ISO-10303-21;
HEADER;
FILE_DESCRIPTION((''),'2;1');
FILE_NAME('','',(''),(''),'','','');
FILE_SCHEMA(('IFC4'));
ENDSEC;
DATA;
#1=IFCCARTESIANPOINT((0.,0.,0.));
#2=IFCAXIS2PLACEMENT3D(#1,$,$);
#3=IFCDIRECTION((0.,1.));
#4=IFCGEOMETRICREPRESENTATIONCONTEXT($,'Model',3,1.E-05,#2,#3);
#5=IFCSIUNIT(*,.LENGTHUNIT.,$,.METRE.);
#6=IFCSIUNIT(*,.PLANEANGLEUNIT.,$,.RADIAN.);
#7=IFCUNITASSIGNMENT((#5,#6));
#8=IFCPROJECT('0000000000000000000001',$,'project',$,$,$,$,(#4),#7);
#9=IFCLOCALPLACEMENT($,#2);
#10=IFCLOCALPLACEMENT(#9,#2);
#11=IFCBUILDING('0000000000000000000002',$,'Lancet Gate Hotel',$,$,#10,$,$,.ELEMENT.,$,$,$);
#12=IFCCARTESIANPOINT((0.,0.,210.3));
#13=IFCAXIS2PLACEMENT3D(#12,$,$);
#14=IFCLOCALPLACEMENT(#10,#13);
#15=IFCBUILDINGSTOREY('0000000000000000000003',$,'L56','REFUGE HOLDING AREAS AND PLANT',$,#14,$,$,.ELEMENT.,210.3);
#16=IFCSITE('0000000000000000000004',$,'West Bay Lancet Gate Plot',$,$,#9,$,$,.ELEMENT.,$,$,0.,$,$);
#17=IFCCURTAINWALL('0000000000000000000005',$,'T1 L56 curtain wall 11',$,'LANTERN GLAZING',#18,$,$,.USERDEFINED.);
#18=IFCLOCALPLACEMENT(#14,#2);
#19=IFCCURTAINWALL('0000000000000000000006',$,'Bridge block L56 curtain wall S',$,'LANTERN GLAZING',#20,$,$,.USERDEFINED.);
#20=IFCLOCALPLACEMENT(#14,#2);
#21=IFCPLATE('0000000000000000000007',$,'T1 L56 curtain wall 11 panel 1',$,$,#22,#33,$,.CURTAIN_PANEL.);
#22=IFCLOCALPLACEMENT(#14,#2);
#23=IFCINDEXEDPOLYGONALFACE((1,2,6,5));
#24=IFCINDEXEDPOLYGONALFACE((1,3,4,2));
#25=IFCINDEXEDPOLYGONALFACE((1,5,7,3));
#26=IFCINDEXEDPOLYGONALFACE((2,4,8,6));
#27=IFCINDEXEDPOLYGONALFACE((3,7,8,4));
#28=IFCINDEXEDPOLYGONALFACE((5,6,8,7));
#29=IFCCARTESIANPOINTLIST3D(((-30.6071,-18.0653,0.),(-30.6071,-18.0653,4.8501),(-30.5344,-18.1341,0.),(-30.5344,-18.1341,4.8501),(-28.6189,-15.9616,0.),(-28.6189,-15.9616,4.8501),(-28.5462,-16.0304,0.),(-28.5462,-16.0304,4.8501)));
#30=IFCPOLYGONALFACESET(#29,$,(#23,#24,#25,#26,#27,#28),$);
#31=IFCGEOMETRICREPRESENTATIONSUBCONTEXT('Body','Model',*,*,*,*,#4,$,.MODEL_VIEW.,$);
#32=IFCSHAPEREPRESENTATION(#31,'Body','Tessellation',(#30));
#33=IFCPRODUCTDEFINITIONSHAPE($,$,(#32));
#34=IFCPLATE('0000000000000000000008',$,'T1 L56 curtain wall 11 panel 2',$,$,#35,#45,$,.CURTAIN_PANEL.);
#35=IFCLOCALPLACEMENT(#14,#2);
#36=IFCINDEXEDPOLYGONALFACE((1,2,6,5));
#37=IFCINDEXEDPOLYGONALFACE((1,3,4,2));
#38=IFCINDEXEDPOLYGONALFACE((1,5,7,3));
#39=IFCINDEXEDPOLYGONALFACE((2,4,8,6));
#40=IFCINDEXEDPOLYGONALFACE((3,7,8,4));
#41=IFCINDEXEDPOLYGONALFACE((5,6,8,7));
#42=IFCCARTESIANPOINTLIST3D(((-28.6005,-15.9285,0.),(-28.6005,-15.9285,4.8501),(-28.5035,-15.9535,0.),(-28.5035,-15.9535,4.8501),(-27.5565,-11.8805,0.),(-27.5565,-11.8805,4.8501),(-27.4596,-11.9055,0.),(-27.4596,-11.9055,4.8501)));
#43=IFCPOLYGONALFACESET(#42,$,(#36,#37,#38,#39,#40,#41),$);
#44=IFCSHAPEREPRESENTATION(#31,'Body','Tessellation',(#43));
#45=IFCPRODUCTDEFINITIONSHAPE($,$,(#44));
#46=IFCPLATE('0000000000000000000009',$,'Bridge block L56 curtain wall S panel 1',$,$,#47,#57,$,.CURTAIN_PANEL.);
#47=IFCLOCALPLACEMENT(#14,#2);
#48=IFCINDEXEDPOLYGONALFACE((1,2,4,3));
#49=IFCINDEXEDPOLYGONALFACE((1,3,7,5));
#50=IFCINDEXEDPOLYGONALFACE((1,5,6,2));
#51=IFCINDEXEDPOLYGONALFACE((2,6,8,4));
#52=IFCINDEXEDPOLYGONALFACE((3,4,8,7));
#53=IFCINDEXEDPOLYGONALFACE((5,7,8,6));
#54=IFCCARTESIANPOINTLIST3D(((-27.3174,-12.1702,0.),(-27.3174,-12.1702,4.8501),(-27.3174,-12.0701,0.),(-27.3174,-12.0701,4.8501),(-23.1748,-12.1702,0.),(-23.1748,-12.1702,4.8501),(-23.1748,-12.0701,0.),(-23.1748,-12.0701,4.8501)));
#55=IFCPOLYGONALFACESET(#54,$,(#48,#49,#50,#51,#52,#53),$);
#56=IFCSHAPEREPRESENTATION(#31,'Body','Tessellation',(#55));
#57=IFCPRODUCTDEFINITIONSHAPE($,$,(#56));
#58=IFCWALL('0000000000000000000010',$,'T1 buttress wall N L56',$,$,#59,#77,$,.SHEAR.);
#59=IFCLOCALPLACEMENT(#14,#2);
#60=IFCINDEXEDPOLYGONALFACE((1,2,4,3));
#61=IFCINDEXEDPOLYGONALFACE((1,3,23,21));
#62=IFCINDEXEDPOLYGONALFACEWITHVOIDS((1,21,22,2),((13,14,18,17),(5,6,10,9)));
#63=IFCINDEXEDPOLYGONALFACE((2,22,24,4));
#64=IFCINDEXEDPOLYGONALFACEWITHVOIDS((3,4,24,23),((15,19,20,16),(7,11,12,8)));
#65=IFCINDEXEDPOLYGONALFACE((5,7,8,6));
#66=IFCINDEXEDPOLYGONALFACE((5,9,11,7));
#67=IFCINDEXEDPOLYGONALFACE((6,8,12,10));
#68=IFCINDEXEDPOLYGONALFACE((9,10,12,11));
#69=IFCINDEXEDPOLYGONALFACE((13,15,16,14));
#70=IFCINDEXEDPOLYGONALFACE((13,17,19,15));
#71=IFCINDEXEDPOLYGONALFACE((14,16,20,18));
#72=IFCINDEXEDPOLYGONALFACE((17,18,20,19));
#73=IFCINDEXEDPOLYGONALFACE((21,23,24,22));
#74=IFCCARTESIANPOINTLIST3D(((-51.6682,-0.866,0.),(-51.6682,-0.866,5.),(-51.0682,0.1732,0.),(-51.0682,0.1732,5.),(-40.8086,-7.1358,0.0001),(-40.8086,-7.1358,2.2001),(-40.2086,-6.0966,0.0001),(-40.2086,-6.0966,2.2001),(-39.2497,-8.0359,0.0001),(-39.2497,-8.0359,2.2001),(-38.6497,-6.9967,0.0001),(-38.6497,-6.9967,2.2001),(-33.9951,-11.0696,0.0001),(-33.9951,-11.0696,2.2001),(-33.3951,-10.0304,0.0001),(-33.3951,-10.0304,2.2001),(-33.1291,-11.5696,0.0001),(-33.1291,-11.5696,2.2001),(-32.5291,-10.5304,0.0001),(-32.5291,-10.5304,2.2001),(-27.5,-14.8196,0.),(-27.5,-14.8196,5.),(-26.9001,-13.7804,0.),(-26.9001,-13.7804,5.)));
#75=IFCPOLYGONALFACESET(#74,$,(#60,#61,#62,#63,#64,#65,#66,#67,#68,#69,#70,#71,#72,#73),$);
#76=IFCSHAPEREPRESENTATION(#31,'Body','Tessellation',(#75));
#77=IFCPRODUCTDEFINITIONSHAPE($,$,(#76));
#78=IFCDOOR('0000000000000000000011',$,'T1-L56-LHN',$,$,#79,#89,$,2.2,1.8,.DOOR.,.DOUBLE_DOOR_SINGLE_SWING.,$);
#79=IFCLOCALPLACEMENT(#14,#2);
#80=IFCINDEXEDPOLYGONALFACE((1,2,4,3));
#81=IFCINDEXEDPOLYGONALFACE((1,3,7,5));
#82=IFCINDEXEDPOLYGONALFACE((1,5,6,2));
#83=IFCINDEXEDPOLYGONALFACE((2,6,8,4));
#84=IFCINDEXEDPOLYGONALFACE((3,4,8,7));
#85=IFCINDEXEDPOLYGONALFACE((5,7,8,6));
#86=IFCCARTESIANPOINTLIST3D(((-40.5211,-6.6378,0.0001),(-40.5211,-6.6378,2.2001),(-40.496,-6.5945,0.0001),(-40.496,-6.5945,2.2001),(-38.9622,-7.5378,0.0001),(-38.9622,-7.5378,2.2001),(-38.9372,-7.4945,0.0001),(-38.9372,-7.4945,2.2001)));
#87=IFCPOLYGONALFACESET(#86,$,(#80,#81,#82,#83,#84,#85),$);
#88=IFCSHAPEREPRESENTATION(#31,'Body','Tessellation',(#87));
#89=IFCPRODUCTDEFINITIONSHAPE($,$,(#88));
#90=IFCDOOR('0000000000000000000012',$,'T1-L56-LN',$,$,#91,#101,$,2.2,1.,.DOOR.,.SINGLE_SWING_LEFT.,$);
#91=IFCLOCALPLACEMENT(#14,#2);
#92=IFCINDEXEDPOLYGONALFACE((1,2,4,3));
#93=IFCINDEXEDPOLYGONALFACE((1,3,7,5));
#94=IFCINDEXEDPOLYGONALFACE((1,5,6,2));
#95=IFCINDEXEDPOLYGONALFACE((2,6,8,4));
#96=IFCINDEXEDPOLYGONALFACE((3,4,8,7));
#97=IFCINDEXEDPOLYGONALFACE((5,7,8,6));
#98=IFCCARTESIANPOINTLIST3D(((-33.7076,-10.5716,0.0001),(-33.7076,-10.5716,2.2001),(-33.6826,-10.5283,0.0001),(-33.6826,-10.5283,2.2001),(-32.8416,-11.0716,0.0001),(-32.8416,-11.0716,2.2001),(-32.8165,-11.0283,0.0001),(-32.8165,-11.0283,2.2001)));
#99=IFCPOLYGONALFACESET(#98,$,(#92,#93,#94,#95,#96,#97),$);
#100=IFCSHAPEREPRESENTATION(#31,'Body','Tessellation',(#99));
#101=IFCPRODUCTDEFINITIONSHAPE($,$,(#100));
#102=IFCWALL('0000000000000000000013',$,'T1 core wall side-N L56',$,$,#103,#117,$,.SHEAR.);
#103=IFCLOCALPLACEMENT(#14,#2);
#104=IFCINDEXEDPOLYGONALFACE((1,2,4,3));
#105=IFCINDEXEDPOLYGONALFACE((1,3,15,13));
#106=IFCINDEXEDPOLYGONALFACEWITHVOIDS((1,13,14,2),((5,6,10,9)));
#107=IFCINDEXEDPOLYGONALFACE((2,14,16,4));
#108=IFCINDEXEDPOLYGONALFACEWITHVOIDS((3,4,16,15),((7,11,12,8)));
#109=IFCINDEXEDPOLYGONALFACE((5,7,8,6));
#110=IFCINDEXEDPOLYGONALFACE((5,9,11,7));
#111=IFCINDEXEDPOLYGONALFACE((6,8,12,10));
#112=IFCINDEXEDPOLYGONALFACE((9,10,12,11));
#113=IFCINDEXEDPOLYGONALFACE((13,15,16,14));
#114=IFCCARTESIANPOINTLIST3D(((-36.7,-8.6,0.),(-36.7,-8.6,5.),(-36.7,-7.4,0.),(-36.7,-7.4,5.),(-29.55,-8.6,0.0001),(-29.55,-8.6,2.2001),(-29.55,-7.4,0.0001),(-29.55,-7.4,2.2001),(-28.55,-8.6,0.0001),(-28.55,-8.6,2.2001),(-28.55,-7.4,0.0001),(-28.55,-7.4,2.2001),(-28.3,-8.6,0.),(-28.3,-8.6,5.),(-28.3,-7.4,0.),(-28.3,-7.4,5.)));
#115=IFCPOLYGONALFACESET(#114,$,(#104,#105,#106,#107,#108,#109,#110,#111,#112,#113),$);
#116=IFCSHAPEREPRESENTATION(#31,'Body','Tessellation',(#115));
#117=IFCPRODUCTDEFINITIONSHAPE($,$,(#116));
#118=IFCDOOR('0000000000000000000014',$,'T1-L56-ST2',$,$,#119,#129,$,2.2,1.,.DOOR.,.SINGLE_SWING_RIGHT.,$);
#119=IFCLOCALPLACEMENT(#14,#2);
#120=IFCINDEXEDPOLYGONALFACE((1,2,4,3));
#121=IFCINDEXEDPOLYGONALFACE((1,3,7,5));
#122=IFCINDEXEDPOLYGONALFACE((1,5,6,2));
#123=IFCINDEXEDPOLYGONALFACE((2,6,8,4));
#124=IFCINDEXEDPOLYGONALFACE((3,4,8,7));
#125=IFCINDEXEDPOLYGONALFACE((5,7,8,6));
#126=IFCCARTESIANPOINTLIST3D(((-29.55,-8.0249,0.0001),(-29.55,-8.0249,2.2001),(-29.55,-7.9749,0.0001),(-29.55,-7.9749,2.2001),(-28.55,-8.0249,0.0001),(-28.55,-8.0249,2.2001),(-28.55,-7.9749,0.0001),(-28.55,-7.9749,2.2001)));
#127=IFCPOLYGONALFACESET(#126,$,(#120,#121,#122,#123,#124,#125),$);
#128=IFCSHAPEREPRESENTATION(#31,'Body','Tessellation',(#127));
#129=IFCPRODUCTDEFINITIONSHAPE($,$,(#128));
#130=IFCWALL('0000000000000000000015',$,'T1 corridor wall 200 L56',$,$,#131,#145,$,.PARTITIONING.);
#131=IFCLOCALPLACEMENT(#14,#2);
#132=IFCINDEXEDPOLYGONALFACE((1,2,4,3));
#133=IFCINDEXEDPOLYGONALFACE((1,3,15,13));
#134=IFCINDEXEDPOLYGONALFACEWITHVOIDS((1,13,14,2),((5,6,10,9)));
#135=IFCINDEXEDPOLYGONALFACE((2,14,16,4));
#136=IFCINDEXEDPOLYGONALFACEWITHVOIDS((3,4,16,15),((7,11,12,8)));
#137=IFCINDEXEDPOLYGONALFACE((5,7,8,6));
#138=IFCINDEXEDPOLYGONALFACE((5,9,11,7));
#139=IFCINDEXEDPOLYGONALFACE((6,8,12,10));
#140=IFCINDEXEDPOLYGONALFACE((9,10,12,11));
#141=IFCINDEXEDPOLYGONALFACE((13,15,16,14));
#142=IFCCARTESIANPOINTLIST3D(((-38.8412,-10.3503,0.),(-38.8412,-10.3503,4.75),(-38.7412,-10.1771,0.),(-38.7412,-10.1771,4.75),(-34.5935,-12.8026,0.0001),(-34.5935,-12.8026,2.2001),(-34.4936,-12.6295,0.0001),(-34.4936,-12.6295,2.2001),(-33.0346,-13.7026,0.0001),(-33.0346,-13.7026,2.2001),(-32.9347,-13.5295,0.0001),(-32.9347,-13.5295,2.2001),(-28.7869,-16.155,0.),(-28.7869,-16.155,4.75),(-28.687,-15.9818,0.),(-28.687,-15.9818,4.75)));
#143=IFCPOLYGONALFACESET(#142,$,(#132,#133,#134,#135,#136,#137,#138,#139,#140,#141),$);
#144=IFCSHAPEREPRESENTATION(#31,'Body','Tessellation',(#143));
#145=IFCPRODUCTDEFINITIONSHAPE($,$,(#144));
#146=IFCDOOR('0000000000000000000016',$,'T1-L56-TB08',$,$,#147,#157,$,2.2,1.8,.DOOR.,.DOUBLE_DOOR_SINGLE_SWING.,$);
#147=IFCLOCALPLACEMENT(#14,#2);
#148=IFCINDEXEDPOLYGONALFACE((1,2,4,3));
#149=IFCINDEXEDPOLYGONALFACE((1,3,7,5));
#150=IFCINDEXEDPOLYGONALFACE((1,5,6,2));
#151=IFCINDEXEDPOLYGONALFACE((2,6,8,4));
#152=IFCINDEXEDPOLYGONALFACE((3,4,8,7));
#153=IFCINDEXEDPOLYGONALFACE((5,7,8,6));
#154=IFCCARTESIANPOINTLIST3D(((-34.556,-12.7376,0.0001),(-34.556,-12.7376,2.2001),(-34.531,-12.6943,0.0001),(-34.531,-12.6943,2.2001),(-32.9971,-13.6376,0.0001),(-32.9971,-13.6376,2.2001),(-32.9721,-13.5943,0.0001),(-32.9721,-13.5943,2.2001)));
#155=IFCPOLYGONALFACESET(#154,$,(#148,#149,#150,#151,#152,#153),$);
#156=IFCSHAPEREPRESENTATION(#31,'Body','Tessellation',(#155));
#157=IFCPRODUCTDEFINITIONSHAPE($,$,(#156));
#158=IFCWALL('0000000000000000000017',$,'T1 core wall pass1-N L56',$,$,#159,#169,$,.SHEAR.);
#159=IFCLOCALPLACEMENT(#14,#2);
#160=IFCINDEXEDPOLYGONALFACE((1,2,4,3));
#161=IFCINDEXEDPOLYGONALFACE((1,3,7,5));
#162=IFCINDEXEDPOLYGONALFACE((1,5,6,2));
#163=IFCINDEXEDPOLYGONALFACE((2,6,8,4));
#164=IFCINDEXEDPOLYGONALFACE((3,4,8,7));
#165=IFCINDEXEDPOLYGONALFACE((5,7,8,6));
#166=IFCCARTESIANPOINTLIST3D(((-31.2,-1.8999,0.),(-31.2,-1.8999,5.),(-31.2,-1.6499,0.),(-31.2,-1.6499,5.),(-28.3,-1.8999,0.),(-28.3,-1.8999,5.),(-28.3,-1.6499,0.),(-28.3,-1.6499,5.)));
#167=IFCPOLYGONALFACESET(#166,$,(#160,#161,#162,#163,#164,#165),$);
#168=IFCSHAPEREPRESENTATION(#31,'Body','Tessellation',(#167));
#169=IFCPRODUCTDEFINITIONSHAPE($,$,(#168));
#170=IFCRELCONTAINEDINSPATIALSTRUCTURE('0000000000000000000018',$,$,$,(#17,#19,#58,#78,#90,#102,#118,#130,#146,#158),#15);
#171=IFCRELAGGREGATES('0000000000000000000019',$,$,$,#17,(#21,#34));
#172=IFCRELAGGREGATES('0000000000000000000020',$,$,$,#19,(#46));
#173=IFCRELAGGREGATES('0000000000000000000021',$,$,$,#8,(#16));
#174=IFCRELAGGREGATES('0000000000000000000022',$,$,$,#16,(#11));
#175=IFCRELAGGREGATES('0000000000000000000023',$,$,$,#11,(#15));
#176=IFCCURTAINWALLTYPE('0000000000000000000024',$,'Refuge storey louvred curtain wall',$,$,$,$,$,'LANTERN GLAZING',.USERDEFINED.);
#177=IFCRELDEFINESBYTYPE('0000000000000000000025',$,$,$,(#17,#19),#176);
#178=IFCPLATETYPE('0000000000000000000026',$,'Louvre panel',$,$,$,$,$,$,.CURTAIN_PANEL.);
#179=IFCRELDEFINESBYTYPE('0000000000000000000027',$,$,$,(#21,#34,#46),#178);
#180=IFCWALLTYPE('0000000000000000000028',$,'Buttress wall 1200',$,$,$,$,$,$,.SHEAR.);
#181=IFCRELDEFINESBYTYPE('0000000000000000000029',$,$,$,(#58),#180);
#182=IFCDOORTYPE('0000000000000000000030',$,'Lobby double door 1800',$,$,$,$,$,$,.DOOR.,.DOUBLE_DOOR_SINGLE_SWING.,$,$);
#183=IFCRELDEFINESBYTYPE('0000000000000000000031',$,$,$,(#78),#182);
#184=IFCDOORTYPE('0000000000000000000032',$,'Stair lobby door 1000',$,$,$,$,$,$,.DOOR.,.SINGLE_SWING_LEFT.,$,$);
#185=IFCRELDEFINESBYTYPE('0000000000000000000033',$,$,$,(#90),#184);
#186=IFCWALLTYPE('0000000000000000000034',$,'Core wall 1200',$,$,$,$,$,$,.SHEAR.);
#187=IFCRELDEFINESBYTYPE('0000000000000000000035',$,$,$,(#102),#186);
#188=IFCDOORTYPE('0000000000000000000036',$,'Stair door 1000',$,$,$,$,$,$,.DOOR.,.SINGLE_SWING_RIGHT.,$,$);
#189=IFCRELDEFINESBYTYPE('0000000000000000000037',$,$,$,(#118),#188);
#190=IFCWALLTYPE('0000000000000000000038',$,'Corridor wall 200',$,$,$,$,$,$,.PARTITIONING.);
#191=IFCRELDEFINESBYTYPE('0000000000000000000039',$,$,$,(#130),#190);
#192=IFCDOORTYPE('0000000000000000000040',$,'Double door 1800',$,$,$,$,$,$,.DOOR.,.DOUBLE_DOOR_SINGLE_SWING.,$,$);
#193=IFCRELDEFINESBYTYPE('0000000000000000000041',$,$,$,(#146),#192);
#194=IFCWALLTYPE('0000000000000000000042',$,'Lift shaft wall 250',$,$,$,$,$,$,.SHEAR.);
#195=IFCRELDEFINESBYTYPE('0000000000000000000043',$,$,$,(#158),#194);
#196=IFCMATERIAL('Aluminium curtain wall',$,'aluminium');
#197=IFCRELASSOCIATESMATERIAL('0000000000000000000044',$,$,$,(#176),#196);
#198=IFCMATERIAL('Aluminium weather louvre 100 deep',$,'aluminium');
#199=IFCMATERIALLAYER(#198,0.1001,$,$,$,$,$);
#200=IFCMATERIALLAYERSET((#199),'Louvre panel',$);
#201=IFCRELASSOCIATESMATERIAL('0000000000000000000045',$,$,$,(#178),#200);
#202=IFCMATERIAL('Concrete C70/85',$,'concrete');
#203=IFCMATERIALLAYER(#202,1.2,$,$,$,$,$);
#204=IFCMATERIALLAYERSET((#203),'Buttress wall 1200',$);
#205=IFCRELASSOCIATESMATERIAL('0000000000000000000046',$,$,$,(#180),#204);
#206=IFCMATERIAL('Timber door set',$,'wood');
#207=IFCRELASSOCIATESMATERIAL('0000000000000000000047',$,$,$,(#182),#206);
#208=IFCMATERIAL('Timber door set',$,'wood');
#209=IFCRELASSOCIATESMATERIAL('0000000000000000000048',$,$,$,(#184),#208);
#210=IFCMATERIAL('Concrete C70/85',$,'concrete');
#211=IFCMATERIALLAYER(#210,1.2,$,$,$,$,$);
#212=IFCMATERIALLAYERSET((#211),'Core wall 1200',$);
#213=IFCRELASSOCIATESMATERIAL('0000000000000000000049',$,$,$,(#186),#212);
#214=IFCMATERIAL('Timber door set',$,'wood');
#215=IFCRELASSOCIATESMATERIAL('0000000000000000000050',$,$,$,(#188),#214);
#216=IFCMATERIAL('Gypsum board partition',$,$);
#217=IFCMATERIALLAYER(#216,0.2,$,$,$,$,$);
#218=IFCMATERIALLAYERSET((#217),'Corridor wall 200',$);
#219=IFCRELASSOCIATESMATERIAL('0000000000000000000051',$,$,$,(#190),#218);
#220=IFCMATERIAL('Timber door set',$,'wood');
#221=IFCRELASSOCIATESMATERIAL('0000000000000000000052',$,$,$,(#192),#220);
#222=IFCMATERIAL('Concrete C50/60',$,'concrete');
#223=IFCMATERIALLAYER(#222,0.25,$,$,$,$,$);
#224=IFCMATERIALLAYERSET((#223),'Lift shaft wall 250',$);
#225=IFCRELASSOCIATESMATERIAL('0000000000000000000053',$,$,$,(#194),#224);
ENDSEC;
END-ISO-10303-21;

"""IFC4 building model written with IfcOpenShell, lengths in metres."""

from ifc_helpers import new_model, si_unit, direction, frame, frame_2d, origin, origin_2d, place, context, subcontext, project, spatial, rectangle, extrude, material, layer, layer_set, type_object, element, fill, aggregate, save


model = new_model("IFC4")

# Units and contexts
model_context = context("Model", 3, precision=1e-05, world=origin(), true_north=direction((0.0, 1.0)))
body_context = subcontext(model_context, "Body", "Model", "MODEL_VIEW")
ifc_project = project(units=[si_unit("LENGTHUNIT", "METRE"), si_unit("PLANEANGLEUNIT", "RADIAN")], contexts=[model_context])

# Site, building, storey
site_placement = place(None, origin())
site = spatial("IfcSite", under=ifc_project, at=site_placement, Name="West Bay Lancet Gate Plot", CompositionType="ELEMENT", RefElevation=0.0)
building_placement = place(site_placement, origin())
building = spatial("IfcBuilding", under=site, at=building_placement, Name="Lancet Gate Hotel", CompositionType="ELEMENT")
storey_placement = place(building_placement, frame((0.0, 0.0, 210.3)))
storey = spatial("IfcBuildingStorey", under=building, at=storey_placement, Name="L56", Description="REFUGE HOLDING AREAS AND PLANT", CompositionType="ELEMENT", Elevation=210.3)

# Curtain walls
ifc_material_1 = material(Name="Aluminium curtain wall", Category="aluminium")
curtain_wall_type = type_object("IfcCurtainWallType", Name="Refuge storey louvred curtain wall", ElementType="LANTERN GLAZING", PredefinedType="USERDEFINED", material=ifc_material_1)
curtain_wall_1_placement = place(storey_placement, origin())
curtain_wall_1 = element("IfcCurtainWall", 1, at=curtain_wall_1_placement, inside=storey, type_object=curtain_wall_type, Name="T1 L56 curtain wall 11", ObjectType="LANTERN GLAZING", PredefinedType="USERDEFINED")
curtain_wall_2_placement = place(storey_placement, origin())
curtain_wall_2 = element("IfcCurtainWall", 2, at=curtain_wall_2_placement, inside=storey, type_object=curtain_wall_type, Name="Bridge block L56 curtain wall S", ObjectType="LANTERN GLAZING", PredefinedType="USERDEFINED")

# Plates
ifc_material_2 = material(Name="Aluminium weather louvre 100 deep", Category="aluminium")
ifc_layer_1 = layer(ifc_material_2, 0.1001)
ifc_layer_set_1 = layer_set([ifc_layer_1], Name="Louvre panel")
plate_type = type_object("IfcPlateType", Name="Louvre panel", PredefinedType="CURTAIN_PANEL", material=ifc_layer_set_1)
plate_1_placement = place(storey_placement, frame((-29.5767, -17.0479, 0.0), z_axis=(0.0, 0.0, 1.0), x_axis=(0.686883, 0.726768, 0.0)))
plate_1 = element("IfcPlate", 3, at=plate_1_placement, type_object=plate_type, Name="T1 L56 curtain wall 11 panel 1", PredefinedType="CURTAIN_PANEL", context=body_context, shape_type="SweptSolid", body=[
    extrude(rectangle(XDim=2.8945, YDim=0.1001, at=origin_2d()), origin(), (0.0, 0.0, 1.0), 4.8501),
])
plate_2_placement = place(storey_placement, frame((-28.03, -13.917, 0.0), z_axis=(0.0, 0.0, 1.0), x_axis=(0.249726, 0.968317, 0.0)))
plate_2 = element("IfcPlate", 4, at=plate_2_placement, type_object=plate_type, Name="T1 L56 curtain wall 11 panel 2", PredefinedType="CURTAIN_PANEL", context=body_context, shape_type="SweptSolid", body=[
    extrude(rectangle(XDim=4.1804, YDim=0.1001, at=origin_2d()), origin(), (0.0, 0.0, 1.0), 4.8501),
])
aggregate(curtain_wall_1, [plate_1, plate_2])
plate_3_placement = place(storey_placement, frame((-25.2461, -12.1201, 0.0), z_axis=(0.0, 0.0, 1.0), x_axis=(1.0, 0.0, 0.0)))
plate_3 = element("IfcPlate", 5, at=plate_3_placement, type_object=plate_type, Name="Bridge block L56 curtain wall S panel 1", PredefinedType="CURTAIN_PANEL", context=body_context, shape_type="SweptSolid", body=[
    extrude(rectangle(XDim=4.1426, YDim=0.1001, at=origin_2d()), origin(), (0.0, 0.0, 1.0), 4.8501),
])
aggregate(curtain_wall_2, [plate_3])

# Wall, openings, doors
ifc_material_3 = material(Name="Concrete C70/85", Category="concrete")
ifc_layer_2 = layer(ifc_material_3, 1.2)
ifc_layer_set_2 = layer_set([ifc_layer_2], Name="Buttress wall 1200")
wall_type_1 = type_object("IfcWallType", Name="Buttress wall 1200", PredefinedType="SHEAR", material=ifc_layer_set_2)
wall_1_placement = place(storey_placement, frame((-27.2, -14.3, 0.0), z_axis=(0.0, 0.0, 1.0), x_axis=(-0.866024, 0.500002, 0.0)))
wall_1 = element("IfcWall", 6, at=wall_1_placement, inside=storey, type_object=wall_type_1, Name="T1 buttress wall N L56", PredefinedType="SHEAR", context=body_context, shape_type="SweptSolid", body=[
    extrude(rectangle(XDim=27.907, YDim=1.2, at=frame_2d((13.9536, 0.0))), origin(), (0.0, 0.0, 1.0), 5.0),
])
opening_1_placement = place(wall_1_placement, frame((6.5, 0.0, 0.0)))
opening_1 = element("IfcOpeningElement", 7, at=opening_1_placement, cuts=wall_1, PredefinedType="OPENING", context=body_context, shape_type="SweptSolid", body=[
    extrude(rectangle(XDim=1.0, YDim=2.2, at=frame_2d((0.5, 1.1001))), frame((0.0, 0.6099, 0.0), z_axis=(0.0, -1.0, 0.0), x_axis=(1.0, 0.0, 0.0)), (0.0, 0.0, 1.0), 1.22),
])
opening_2_placement = place(wall_1_placement, frame((13.5676, 0.0, 0.0)))
opening_2 = element("IfcOpeningElement", 8, at=opening_2_placement, cuts=wall_1, PredefinedType="OPENING", context=body_context, shape_type="SweptSolid", body=[
    extrude(rectangle(XDim=1.8, YDim=2.2, at=frame_2d((0.8999, 1.1001))), frame((0.0, 0.6099, 0.0), z_axis=(0.0, -1.0, 0.0), x_axis=(1.0, 0.0, 0.0)), (0.0, 0.0, 1.0), 1.22),
])
ifc_material_4 = material(Name="Timber door set", Category="wood")
door_type_1 = type_object("IfcDoorType", Name="Lobby double door 1800", OperationType="DOUBLE_DOOR_SINGLE_SWING", PredefinedType="DOOR", material=ifc_material_4)
door_1_placement = place(opening_2_placement, origin())
door_1 = element("IfcDoor", 9, at=door_1_placement, inside=storey, type_object=door_type_1, Name="T1-L56-LHN", OperationType="DOUBLE_DOOR_SINGLE_SWING", OverallHeight=2.2, OverallWidth=1.8, PredefinedType="DOOR", context=body_context, shape_type="SweptSolid", body=[
    extrude(rectangle(XDim=1.8, YDim=2.2, at=frame_2d((0.8999, 1.1001))), frame((0.0, 0.0249, 0.0), z_axis=(0.0, -1.0, 0.0), x_axis=(1.0, 0.0, 0.0)), (0.0, 0.0, 1.0), 0.05),
])
fill(opening_2, door_1)
ifc_material_5 = material(Name="Timber door set", Category="wood")
door_type_2 = type_object("IfcDoorType", Name="Stair lobby door 1000", OperationType="SINGLE_SWING_LEFT", PredefinedType="DOOR", material=ifc_material_5)
door_2_placement = place(opening_1_placement, origin())
door_2 = element("IfcDoor", 10, at=door_2_placement, inside=storey, type_object=door_type_2, Name="T1-L56-LN", OperationType="SINGLE_SWING_LEFT", OverallHeight=2.2, OverallWidth=1.0, PredefinedType="DOOR", context=body_context, shape_type="SweptSolid", body=[
    extrude(rectangle(XDim=1.0, YDim=2.2, at=frame_2d((0.5, 1.1001))), frame((0.0, 0.0249, 0.0), z_axis=(0.0, -1.0, 0.0), x_axis=(1.0, 0.0, 0.0)), (0.0, 0.0, 1.0), 0.05),
])
fill(opening_1, door_2)

# Walls, openings, doors
ifc_material_6 = material(Name="Concrete C70/85", Category="concrete")
ifc_layer_3 = layer(ifc_material_6, 1.2)
ifc_layer_set_3 = layer_set([ifc_layer_3], Name="Core wall 1200")
wall_type_2 = type_object("IfcWallType", Name="Core wall 1200", PredefinedType="SHEAR", material=ifc_layer_set_3)
wall_2_placement = place(storey_placement, frame((-28.3, -8.0, 0.0), z_axis=(0.0, 0.0, 1.0), x_axis=(-1.0, 0.0, 0.0)))
wall_2 = element("IfcWall", 11, at=wall_2_placement, inside=storey, type_object=wall_type_2, Name="T1 core wall side-N L56", PredefinedType="SHEAR", context=body_context, shape_type="SweptSolid", body=[
    extrude(rectangle(XDim=8.3999, YDim=1.2, at=frame_2d((4.2, 0.0))), origin(), (0.0, 0.0, 1.0), 5.0),
])
opening_3_placement = place(wall_2_placement, frame((0.25, 0.0, 0.0)))
opening_3 = element("IfcOpeningElement", 12, at=opening_3_placement, cuts=wall_2, PredefinedType="OPENING", context=body_context, shape_type="SweptSolid", body=[
    extrude(rectangle(XDim=1.0, YDim=2.2, at=frame_2d((0.5, 1.1001))), frame((0.0, 0.6099, 0.0), z_axis=(0.0, -1.0, 0.0), x_axis=(1.0, 0.0, 0.0)), (0.0, 0.0, 1.0), 1.22),
])
ifc_material_7 = material(Name="Timber door set", Category="wood")
door_type_3 = type_object("IfcDoorType", Name="Stair door 1000", OperationType="SINGLE_SWING_RIGHT", PredefinedType="DOOR", material=ifc_material_7)
door_3_placement = place(opening_3_placement, origin())
door_3 = element("IfcDoor", 13, at=door_3_placement, inside=storey, type_object=door_type_3, Name="T1-L56-ST2", OperationType="SINGLE_SWING_RIGHT", OverallHeight=2.2, OverallWidth=1.0, PredefinedType="DOOR", context=body_context, shape_type="SweptSolid", body=[
    extrude(rectangle(XDim=1.0, YDim=2.2, at=frame_2d((0.5, 1.1001))), frame((0.0, 0.0249, 0.0), z_axis=(0.0, -1.0, 0.0), x_axis=(1.0, 0.0, 0.0)), (0.0, 0.0, 1.0), 0.05),
])
fill(opening_3, door_3)
ifc_material_8 = material(Name="Gypsum board partition")
ifc_layer_4 = layer(ifc_material_8, 0.2)
ifc_layer_set_4 = layer_set([ifc_layer_4], Name="Corridor wall 200")
wall_type_3 = type_object("IfcWallType", Name="Corridor wall 200", PredefinedType="PARTITIONING", material=ifc_layer_set_4)
wall_3_placement = place(storey_placement, frame((-28.7371, -16.0684, 0.0), z_axis=(0.0, 0.0, 1.0), x_axis=(-0.866029, 0.499993, 0.0)))
wall_3 = element("IfcWall", 14, at=wall_3_placement, inside=storey, type_object=wall_type_3, Name="T1 corridor wall 200 L56", PredefinedType="PARTITIONING", context=body_context, shape_type="SweptSolid", body=[
    extrude(rectangle(XDim=11.6096, YDim=0.2, at=frame_2d((5.8047, 0.0))), origin(), (0.0, 0.0, 1.0), 4.75),
])
opening_4_placement = place(wall_3_placement, frame((4.9048, 0.0, 0.0)))
opening_4 = element("IfcOpeningElement", 15, at=opening_4_placement, cuts=wall_3, PredefinedType="OPENING", context=body_context, shape_type="SweptSolid", body=[
    extrude(rectangle(XDim=1.8, YDim=2.2, at=frame_2d((0.8999, 1.1001))), frame((0.0, 0.1099, 0.0), z_axis=(0.0, -1.0, 0.0), x_axis=(1.0, 0.0, 0.0)), (0.0, 0.0, 1.0), 0.22),
])
ifc_material_9 = material(Name="Timber door set", Category="wood")
door_type_4 = type_object("IfcDoorType", Name="Double door 1800", OperationType="DOUBLE_DOOR_SINGLE_SWING", PredefinedType="DOOR", material=ifc_material_9)
door_4_placement = place(opening_4_placement, origin())
door_4 = element("IfcDoor", 16, at=door_4_placement, inside=storey, type_object=door_type_4, Name="T1-L56-TB08", OperationType="DOUBLE_DOOR_SINGLE_SWING", OverallHeight=2.2, OverallWidth=1.8, PredefinedType="DOOR", context=body_context, shape_type="SweptSolid", body=[
    extrude(rectangle(XDim=1.8, YDim=2.2, at=frame_2d((0.8999, 1.1001))), frame((0.0, 0.0249, 0.0), z_axis=(0.0, -1.0, 0.0), x_axis=(1.0, 0.0, 0.0)), (0.0, 0.0, 1.0), 0.05),
])
fill(opening_4, door_4)

# Wall
ifc_material_10 = material(Name="Concrete C50/60", Category="concrete")
ifc_layer_5 = layer(ifc_material_10, 0.25)
ifc_layer_set_5 = layer_set([ifc_layer_5], Name="Lift shaft wall 250")
wall_type_4 = type_object("IfcWallType", Name="Lift shaft wall 250", PredefinedType="SHEAR", material=ifc_layer_set_5)
wall_4_placement = place(storey_placement, frame((-28.3, -1.7749, 0.0), z_axis=(0.0, 0.0, 1.0), x_axis=(-1.0, 0.0, 0.0)))
element("IfcWall", 17, at=wall_4_placement, inside=storey, type_object=wall_type_4, Name="T1 core wall pass1-N L56", PredefinedType="SHEAR", context=body_context, shape_type="SweptSolid", body=[
    extrude(rectangle(XDim=2.8999, YDim=0.25, at=frame_2d((1.45, 0.0))), origin(), (0.0, 0.0, 1.0), 5.0),
])

save(model, "model.ifc")
